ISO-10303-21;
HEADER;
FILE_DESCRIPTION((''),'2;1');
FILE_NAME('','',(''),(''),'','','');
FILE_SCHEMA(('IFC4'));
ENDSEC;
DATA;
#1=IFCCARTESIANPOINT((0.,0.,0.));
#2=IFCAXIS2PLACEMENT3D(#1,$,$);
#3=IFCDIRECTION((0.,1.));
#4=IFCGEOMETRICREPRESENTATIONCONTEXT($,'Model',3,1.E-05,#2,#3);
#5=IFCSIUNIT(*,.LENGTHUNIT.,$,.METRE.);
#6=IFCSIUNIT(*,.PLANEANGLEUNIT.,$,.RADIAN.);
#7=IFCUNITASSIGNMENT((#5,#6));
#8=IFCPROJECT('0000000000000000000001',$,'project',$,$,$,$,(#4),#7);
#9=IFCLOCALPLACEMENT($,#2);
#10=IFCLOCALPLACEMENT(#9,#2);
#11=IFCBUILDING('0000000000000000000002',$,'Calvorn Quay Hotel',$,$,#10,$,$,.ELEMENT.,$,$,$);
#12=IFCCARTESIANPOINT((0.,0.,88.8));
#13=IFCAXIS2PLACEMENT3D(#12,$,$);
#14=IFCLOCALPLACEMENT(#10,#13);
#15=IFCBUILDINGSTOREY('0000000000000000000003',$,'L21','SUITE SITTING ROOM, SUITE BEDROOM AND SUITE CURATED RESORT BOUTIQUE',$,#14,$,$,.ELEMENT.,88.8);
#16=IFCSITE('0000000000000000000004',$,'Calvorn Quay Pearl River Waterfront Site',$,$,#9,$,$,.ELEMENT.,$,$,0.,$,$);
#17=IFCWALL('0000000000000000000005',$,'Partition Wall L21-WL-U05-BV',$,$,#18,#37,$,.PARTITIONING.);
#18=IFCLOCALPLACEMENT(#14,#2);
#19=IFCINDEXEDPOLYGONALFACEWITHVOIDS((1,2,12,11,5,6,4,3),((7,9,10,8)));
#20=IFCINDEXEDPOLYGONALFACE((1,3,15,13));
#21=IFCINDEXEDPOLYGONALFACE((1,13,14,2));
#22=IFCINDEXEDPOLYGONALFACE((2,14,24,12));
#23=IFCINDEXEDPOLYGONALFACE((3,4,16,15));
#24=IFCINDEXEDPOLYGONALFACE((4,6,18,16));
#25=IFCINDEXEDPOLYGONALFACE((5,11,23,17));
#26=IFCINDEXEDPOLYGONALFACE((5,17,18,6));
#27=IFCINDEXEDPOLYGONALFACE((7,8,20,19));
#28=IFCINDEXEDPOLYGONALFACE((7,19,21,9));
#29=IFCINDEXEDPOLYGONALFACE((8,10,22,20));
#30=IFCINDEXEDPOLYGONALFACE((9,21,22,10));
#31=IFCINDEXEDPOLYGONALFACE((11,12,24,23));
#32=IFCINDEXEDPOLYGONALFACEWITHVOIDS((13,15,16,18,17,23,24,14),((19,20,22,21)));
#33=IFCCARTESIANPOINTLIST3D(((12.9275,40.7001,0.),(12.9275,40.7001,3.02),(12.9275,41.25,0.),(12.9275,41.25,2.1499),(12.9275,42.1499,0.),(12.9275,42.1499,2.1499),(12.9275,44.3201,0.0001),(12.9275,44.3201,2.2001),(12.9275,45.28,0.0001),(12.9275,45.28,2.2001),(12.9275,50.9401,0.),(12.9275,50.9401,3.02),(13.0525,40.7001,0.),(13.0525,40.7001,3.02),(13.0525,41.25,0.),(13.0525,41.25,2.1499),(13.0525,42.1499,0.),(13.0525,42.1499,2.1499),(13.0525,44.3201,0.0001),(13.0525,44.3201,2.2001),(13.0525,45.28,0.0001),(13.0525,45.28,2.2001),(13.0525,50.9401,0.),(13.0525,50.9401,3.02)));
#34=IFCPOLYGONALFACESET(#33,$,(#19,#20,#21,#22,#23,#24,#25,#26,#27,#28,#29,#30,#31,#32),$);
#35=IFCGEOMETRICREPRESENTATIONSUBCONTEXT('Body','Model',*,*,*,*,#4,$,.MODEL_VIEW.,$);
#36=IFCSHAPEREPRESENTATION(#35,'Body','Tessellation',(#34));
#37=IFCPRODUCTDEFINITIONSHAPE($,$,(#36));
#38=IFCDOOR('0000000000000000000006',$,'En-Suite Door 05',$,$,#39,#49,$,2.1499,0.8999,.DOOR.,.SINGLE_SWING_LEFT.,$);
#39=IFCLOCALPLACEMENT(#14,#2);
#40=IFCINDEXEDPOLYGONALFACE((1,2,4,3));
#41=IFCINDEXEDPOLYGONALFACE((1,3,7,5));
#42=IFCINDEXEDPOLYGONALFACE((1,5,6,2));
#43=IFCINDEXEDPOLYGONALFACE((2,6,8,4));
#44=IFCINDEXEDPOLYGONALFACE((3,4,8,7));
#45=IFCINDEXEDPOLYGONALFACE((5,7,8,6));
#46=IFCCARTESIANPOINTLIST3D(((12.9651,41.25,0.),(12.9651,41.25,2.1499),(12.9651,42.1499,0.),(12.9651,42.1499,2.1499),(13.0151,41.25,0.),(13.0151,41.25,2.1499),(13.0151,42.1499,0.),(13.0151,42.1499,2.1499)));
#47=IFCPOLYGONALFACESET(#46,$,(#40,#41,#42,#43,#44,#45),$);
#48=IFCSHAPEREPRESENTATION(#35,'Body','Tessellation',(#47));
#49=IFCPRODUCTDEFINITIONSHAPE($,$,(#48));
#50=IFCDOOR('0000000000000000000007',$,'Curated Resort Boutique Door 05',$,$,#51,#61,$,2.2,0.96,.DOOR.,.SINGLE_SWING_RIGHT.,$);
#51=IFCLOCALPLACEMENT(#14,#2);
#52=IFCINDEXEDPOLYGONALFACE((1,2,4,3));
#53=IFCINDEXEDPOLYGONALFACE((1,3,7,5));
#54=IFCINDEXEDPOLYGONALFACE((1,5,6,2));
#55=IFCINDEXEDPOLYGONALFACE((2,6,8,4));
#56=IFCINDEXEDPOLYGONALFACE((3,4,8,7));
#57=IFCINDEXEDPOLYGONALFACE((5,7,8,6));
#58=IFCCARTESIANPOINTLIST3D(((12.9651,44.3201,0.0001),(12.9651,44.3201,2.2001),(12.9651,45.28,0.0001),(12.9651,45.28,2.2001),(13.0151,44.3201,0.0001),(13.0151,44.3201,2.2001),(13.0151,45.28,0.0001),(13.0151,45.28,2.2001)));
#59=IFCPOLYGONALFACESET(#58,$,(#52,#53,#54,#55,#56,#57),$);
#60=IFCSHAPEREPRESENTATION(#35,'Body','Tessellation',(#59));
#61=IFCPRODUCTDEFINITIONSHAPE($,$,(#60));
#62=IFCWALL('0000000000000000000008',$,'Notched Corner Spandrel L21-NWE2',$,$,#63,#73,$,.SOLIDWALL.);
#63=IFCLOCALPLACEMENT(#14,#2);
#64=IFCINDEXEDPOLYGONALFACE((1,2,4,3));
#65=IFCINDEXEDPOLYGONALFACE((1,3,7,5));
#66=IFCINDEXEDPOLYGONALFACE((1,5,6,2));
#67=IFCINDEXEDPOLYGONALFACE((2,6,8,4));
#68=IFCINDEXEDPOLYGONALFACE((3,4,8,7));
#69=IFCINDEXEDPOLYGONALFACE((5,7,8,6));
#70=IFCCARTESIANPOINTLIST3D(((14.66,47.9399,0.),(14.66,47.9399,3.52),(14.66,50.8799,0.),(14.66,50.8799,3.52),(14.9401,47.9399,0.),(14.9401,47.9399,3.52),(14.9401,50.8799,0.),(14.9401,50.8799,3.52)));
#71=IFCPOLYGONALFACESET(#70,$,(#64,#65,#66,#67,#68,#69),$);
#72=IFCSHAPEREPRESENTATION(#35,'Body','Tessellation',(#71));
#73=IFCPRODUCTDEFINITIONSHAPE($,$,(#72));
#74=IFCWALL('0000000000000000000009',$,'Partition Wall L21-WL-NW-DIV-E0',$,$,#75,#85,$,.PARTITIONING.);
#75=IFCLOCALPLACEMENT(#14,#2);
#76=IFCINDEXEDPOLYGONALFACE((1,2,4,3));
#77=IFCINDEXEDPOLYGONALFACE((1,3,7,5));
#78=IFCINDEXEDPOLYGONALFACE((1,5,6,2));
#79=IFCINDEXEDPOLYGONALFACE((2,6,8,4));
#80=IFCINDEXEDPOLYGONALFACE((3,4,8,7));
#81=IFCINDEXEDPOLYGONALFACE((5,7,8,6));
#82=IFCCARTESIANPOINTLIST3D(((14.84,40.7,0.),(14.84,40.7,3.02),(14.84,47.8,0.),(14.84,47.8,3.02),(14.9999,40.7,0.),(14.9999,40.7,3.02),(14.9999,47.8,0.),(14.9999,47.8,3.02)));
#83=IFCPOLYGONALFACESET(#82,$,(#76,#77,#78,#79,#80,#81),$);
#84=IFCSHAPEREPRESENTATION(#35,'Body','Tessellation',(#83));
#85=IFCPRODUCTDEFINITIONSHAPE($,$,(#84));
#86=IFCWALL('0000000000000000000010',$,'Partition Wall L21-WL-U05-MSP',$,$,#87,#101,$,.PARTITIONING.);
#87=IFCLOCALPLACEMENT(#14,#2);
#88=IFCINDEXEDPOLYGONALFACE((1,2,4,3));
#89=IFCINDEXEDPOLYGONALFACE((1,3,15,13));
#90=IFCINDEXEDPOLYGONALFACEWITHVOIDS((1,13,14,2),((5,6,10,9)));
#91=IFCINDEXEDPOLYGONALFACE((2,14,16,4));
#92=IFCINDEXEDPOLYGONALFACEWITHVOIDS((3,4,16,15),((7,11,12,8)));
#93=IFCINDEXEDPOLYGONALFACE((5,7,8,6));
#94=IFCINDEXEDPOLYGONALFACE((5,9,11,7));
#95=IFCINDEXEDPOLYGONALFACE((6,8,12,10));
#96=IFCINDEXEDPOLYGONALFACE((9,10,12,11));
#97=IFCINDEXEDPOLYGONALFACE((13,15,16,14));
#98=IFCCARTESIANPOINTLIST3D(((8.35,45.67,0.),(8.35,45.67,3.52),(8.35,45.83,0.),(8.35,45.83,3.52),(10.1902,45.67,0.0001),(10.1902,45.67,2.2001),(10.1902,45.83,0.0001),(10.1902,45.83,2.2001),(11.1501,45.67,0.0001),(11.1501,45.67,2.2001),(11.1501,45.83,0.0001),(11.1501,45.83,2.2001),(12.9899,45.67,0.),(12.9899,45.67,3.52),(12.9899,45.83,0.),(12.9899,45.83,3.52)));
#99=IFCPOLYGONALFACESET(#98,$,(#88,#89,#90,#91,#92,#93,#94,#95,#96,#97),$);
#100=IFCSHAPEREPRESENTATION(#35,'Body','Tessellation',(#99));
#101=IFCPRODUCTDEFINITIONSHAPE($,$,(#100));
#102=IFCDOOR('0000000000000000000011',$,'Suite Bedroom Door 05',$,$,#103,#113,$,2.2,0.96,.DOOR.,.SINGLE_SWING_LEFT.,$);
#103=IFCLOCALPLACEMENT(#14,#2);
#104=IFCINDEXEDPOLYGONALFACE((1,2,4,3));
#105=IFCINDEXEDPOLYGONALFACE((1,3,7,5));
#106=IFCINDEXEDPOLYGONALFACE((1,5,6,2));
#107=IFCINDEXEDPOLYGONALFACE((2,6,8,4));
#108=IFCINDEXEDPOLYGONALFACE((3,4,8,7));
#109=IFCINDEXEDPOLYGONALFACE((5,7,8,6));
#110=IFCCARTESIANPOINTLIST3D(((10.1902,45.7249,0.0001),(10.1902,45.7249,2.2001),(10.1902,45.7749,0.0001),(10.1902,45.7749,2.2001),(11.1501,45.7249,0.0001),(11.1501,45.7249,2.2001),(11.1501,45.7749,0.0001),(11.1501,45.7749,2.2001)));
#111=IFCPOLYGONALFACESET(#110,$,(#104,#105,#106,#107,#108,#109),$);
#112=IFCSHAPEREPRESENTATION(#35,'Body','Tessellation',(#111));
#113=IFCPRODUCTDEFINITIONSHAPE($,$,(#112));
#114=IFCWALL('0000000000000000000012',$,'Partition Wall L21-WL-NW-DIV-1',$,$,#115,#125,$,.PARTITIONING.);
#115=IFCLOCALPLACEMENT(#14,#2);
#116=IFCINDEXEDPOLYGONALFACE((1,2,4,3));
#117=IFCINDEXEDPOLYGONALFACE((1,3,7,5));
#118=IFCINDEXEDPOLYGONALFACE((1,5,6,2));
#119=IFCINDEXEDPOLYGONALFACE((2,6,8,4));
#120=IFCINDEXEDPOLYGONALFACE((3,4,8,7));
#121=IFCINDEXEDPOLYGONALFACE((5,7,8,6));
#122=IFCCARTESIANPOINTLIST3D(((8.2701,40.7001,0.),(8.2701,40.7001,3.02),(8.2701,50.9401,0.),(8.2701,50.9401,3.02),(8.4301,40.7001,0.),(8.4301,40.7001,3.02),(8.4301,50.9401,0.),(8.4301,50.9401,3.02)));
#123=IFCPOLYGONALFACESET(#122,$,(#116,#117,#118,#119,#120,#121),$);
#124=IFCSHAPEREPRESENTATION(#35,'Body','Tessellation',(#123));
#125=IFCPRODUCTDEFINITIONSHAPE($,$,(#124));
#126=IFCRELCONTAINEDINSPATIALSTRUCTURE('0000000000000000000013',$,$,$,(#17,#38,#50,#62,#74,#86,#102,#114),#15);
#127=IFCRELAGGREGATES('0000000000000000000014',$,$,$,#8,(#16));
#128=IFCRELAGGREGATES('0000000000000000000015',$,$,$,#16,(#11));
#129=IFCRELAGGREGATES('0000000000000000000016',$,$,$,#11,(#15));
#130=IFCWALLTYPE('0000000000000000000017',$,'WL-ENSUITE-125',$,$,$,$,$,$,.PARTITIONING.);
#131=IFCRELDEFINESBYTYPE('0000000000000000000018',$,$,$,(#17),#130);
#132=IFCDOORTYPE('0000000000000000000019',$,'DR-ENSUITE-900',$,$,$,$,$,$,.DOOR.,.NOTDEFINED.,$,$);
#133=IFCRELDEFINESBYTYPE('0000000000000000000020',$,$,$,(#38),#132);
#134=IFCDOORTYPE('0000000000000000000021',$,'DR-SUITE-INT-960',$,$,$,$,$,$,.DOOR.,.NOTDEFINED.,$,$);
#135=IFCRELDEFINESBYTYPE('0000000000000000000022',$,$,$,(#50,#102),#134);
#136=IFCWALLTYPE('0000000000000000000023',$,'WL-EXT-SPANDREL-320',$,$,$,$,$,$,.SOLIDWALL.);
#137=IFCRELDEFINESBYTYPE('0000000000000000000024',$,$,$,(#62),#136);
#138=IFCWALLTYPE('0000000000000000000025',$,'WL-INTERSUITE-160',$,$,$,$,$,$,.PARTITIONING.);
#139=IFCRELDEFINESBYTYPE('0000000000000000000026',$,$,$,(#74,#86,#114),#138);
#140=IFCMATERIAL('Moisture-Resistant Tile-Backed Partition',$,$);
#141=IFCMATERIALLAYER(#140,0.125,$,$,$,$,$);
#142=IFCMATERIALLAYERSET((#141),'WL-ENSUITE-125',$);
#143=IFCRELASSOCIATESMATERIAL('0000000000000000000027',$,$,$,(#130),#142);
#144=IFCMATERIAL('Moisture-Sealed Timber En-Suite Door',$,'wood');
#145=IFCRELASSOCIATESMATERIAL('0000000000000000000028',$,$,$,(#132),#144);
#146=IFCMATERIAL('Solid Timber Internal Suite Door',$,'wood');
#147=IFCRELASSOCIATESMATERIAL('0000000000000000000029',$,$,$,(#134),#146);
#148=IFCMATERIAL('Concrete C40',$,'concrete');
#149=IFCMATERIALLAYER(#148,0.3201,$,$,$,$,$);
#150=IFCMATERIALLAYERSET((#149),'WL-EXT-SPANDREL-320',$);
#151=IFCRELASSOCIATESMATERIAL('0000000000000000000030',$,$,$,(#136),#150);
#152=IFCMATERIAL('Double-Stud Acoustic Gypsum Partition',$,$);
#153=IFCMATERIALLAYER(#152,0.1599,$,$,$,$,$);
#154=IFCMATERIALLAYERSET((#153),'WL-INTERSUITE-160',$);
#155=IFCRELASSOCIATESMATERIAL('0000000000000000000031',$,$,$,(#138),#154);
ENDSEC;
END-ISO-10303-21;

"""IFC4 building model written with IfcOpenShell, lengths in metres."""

from ifc_helpers import new_model, si_unit, direction, frame, frame_2d, origin, place, context, subcontext, project, spatial, rectangle, extrude, material, layer, layer_set, type_object, element, fill, save


model = new_model("IFC4")

# Units and contexts
model_context = context("Model", 3, precision=1e-05, world=origin(), true_north=direction((0.0, 1.0)))
body_context = subcontext(model_context, "Body", "Model", "MODEL_VIEW")
ifc_project = project(units=[si_unit("LENGTHUNIT", "METRE"), si_unit("PLANEANGLEUNIT", "RADIAN")], contexts=[model_context])

# Site, building, storey
site_placement = place(None, origin())
site = spatial("IfcSite", under=ifc_project, at=site_placement, Name="Calvorn Quay Pearl River Waterfront Site", CompositionType="ELEMENT", RefElevation=0.0)
building_placement = place(site_placement, origin())
building = spatial("IfcBuilding", under=site, at=building_placement, Name="Calvorn Quay Hotel", CompositionType="ELEMENT")
storey_placement = place(building_placement, frame((0.0, 0.0, 88.8)))
storey = spatial("IfcBuildingStorey", under=building, at=storey_placement, Name="L21", Description="SUITE SITTING ROOM, SUITE BEDROOM AND SUITE CURATED RESORT BOUTIQUE", CompositionType="ELEMENT", Elevation=88.8)

# Shared definitions
ifc_material_1 = material(Name="Moisture-Resistant Tile-Backed Partition")
ifc_layer_1 = layer(ifc_material_1, 0.125)
ifc_layer_set_1 = layer_set([ifc_layer_1], Name="WL-ENSUITE-125")
wall_type_1 = type_object("IfcWallType", Name="WL-ENSUITE-125", PredefinedType="PARTITIONING", material=ifc_layer_set_1)

# Shared definitions
ifc_material_2 = material(Name="Moisture-Sealed Timber En-Suite Door", Category="wood")
door_type_1 = type_object("IfcDoorType", Name="DR-ENSUITE-900", OperationType="NOTDEFINED", PredefinedType="DOOR", material=ifc_material_2)
ifc_material_3 = material(Name="Solid Timber Internal Suite Door", Category="wood")
door_type_2 = type_object("IfcDoorType", Name="DR-SUITE-INT-960", OperationType="NOTDEFINED", PredefinedType="DOOR", material=ifc_material_3)

# Wall, openings, doors
wall_1_placement = place(storey_placement, frame((12.99, 40.7, 0.0), z_axis=(0.0, 0.0, 1.0), x_axis=(0.0, 1.0, 0.0)))
wall_1 = element("IfcWall", 1, at=wall_1_placement, inside=storey, type_object=wall_type_1, Name="Partition Wall L21-WL-U05-BV", PredefinedType="PARTITIONING", context=body_context, shape_type="SweptSolid", body=[
    extrude(rectangle(XDim=10.24, YDim=0.125, at=frame_2d((5.1201, 0.0))), origin(), (0.0, 0.0, 1.0), 3.02),
])
opening_1_placement = place(wall_1_placement, frame((0.55, 0.0, 0.0)))
opening_1 = element("IfcOpeningElement", 2, at=opening_1_placement, cuts=wall_1, PredefinedType="OPENING", context=body_context, shape_type="SweptSolid", body=[
    extrude(rectangle(XDim=0.8999, YDim=2.1499, at=frame_2d((0.45, 1.075))), frame((0.0, 0.0725, 0.0), z_axis=(0.0, -1.0, 0.0), x_axis=(1.0, 0.0, 0.0)), (0.0, 0.0, 1.0), 0.145),
])
opening_2_placement = place(wall_1_placement, frame((3.6201, 0.0, 0.0)))
opening_2 = element("IfcOpeningElement", 3, at=opening_2_placement, cuts=wall_1, PredefinedType="OPENING", context=body_context, shape_type="SweptSolid", body=[
    extrude(rectangle(XDim=0.96, YDim=2.2, at=frame_2d((0.48, 1.1001))), frame((0.0, 0.0725, 0.0), z_axis=(0.0, -1.0, 0.0), x_axis=(1.0, 0.0, 0.0)), (0.0, 0.0, 1.0), 0.145),
])
door_1_placement = place(opening_1_placement, origin())
door_1 = element("IfcDoor", 4, at=door_1_placement, inside=storey, type_object=door_type_1, Name="En-Suite Door 05", OperationType="SINGLE_SWING_LEFT", OverallHeight=2.1499, OverallWidth=0.8999, PredefinedType="DOOR", context=body_context, shape_type="SweptSolid", body=[
    extrude(rectangle(XDim=0.8999, YDim=2.1499, at=frame_2d((0.45, 1.075))), frame((0.0, 0.0249, 0.0), z_axis=(0.0, -1.0, 0.0), x_axis=(1.0, 0.0, 0.0)), (0.0, 0.0, 1.0), 0.05),
])
fill(opening_1, door_1)
door_2_placement = place(opening_2_placement, origin())
door_2 = element("IfcDoor", 5, at=door_2_placement, inside=storey, type_object=door_type_2, Name="Curated Resort Boutique Door 05", OperationType="SINGLE_SWING_RIGHT", OverallHeight=2.2, OverallWidth=0.96, PredefinedType="DOOR", context=body_context, shape_type="SweptSolid", body=[
    extrude(rectangle(XDim=0.96, YDim=2.2, at=frame_2d((0.48, 1.1001))), frame((0.0, 0.0249, 0.0), z_axis=(0.0, -1.0, 0.0), x_axis=(1.0, 0.0, 0.0)), (0.0, 0.0, 1.0), 0.05),
])
fill(opening_2, door_2)

# Walls
ifc_material_4 = material(Name="Concrete C40", Category="concrete")
ifc_layer_2 = layer(ifc_material_4, 0.3201)
ifc_layer_set_2 = layer_set([ifc_layer_2], Name="WL-EXT-SPANDREL-320")
wall_type_2 = type_object("IfcWallType", Name="WL-EXT-SPANDREL-320", PredefinedType="SOLIDWALL", material=ifc_layer_set_2)
wall_2_placement = place(storey_placement, frame((14.8, 47.9399, 0.0), z_axis=(0.0, 0.0, 1.0), x_axis=(0.0, 1.0, 0.0)))
element("IfcWall", 6, at=wall_2_placement, inside=storey, type_object=wall_type_2, Name="Notched Corner Spandrel L21-NWE2", PredefinedType="SOLIDWALL", context=body_context, shape_type="SweptSolid", body=[
    extrude(rectangle(XDim=2.9399, YDim=0.28, at=frame_2d((1.47, 0.0))), origin(), (0.0, 0.0, 1.0), 3.52),
])
ifc_material_5 = material(Name="Double-Stud Acoustic Gypsum Partition")
ifc_layer_3 = layer(ifc_material_5, 0.1599)
ifc_layer_set_3 = layer_set([ifc_layer_3], Name="WL-INTERSUITE-160")
wall_type_3 = type_object("IfcWallType", Name="WL-INTERSUITE-160", PredefinedType="PARTITIONING", material=ifc_layer_set_3)
wall_3_placement = place(storey_placement, frame((14.9199, 40.7, 0.0), z_axis=(0.0, 0.0, 1.0), x_axis=(0.0, 1.0, 0.0)))
element("IfcWall", 7, at=wall_3_placement, inside=storey, type_object=wall_type_3, Name="Partition Wall L21-WL-NW-DIV-E0", PredefinedType="PARTITIONING", context=body_context, shape_type="SweptSolid", body=[
    extrude(rectangle(XDim=7.1001, YDim=0.1599, at=frame_2d((3.55, 0.0))), origin(), (0.0, 0.0, 1.0), 3.02),
])

# Wall, opening, door
wall_4_placement = place(storey_placement, frame((8.3501, 45.75, 0.0), z_axis=(0.0, 0.0, 1.0), x_axis=(1.0, 0.0, 0.0)))
wall_4 = element("IfcWall", 8, at=wall_4_placement, inside=storey, type_object=wall_type_3, Name="Partition Wall L21-WL-U05-MSP", PredefinedType="PARTITIONING", context=body_context, shape_type="SweptSolid", body=[
    extrude(rectangle(XDim=4.6399, YDim=0.1599, at=frame_2d((2.3198, 0.0))), origin(), (0.0, 0.0, 1.0), 3.52),
])
opening_3_placement = place(wall_4_placement, frame((1.8401, 0.0, 0.0)))
opening_3 = element("IfcOpeningElement", 9, at=opening_3_placement, cuts=wall_4, PredefinedType="OPENING", context=body_context, shape_type="SweptSolid", body=[
    extrude(rectangle(XDim=0.96, YDim=2.2, at=frame_2d((0.48, 1.1001))), frame((0.0, 0.0898, 0.0), z_axis=(0.0, -1.0, 0.0), x_axis=(1.0, 0.0, 0.0)), (0.0, 0.0, 1.0), 0.1799),
])
door_3_placement = place(opening_3_placement, origin())
door_3 = element("IfcDoor", 10, at=door_3_placement, inside=storey, type_object=door_type_2, Name="Suite Bedroom Door 05", OperationType="SINGLE_SWING_LEFT", OverallHeight=2.2, OverallWidth=0.96, PredefinedType="DOOR", context=body_context, shape_type="SweptSolid", body=[
    extrude(rectangle(XDim=0.96, YDim=2.2, at=frame_2d((0.48, 1.1001))), frame((0.0, 0.0249, 0.0), z_axis=(0.0, -1.0, 0.0), x_axis=(1.0, 0.0, 0.0)), (0.0, 0.0, 1.0), 0.05),
])
fill(opening_3, door_3)

# Wall
wall_5_placement = place(storey_placement, frame((8.3501, 40.7, 0.0), z_axis=(0.0, 0.0, 1.0), x_axis=(0.0, 1.0, 0.0)))
element("IfcWall", 11, at=wall_5_placement, inside=storey, type_object=wall_type_3, Name="Partition Wall L21-WL-NW-DIV-1", PredefinedType="PARTITIONING", context=body_context, shape_type="SweptSolid", body=[
    extrude(rectangle(XDim=10.24, YDim=0.1599, at=frame_2d((5.1201, 0.0))), origin(), (0.0, 0.0, 1.0), 3.02),
])

save(model, "model.ifc")
